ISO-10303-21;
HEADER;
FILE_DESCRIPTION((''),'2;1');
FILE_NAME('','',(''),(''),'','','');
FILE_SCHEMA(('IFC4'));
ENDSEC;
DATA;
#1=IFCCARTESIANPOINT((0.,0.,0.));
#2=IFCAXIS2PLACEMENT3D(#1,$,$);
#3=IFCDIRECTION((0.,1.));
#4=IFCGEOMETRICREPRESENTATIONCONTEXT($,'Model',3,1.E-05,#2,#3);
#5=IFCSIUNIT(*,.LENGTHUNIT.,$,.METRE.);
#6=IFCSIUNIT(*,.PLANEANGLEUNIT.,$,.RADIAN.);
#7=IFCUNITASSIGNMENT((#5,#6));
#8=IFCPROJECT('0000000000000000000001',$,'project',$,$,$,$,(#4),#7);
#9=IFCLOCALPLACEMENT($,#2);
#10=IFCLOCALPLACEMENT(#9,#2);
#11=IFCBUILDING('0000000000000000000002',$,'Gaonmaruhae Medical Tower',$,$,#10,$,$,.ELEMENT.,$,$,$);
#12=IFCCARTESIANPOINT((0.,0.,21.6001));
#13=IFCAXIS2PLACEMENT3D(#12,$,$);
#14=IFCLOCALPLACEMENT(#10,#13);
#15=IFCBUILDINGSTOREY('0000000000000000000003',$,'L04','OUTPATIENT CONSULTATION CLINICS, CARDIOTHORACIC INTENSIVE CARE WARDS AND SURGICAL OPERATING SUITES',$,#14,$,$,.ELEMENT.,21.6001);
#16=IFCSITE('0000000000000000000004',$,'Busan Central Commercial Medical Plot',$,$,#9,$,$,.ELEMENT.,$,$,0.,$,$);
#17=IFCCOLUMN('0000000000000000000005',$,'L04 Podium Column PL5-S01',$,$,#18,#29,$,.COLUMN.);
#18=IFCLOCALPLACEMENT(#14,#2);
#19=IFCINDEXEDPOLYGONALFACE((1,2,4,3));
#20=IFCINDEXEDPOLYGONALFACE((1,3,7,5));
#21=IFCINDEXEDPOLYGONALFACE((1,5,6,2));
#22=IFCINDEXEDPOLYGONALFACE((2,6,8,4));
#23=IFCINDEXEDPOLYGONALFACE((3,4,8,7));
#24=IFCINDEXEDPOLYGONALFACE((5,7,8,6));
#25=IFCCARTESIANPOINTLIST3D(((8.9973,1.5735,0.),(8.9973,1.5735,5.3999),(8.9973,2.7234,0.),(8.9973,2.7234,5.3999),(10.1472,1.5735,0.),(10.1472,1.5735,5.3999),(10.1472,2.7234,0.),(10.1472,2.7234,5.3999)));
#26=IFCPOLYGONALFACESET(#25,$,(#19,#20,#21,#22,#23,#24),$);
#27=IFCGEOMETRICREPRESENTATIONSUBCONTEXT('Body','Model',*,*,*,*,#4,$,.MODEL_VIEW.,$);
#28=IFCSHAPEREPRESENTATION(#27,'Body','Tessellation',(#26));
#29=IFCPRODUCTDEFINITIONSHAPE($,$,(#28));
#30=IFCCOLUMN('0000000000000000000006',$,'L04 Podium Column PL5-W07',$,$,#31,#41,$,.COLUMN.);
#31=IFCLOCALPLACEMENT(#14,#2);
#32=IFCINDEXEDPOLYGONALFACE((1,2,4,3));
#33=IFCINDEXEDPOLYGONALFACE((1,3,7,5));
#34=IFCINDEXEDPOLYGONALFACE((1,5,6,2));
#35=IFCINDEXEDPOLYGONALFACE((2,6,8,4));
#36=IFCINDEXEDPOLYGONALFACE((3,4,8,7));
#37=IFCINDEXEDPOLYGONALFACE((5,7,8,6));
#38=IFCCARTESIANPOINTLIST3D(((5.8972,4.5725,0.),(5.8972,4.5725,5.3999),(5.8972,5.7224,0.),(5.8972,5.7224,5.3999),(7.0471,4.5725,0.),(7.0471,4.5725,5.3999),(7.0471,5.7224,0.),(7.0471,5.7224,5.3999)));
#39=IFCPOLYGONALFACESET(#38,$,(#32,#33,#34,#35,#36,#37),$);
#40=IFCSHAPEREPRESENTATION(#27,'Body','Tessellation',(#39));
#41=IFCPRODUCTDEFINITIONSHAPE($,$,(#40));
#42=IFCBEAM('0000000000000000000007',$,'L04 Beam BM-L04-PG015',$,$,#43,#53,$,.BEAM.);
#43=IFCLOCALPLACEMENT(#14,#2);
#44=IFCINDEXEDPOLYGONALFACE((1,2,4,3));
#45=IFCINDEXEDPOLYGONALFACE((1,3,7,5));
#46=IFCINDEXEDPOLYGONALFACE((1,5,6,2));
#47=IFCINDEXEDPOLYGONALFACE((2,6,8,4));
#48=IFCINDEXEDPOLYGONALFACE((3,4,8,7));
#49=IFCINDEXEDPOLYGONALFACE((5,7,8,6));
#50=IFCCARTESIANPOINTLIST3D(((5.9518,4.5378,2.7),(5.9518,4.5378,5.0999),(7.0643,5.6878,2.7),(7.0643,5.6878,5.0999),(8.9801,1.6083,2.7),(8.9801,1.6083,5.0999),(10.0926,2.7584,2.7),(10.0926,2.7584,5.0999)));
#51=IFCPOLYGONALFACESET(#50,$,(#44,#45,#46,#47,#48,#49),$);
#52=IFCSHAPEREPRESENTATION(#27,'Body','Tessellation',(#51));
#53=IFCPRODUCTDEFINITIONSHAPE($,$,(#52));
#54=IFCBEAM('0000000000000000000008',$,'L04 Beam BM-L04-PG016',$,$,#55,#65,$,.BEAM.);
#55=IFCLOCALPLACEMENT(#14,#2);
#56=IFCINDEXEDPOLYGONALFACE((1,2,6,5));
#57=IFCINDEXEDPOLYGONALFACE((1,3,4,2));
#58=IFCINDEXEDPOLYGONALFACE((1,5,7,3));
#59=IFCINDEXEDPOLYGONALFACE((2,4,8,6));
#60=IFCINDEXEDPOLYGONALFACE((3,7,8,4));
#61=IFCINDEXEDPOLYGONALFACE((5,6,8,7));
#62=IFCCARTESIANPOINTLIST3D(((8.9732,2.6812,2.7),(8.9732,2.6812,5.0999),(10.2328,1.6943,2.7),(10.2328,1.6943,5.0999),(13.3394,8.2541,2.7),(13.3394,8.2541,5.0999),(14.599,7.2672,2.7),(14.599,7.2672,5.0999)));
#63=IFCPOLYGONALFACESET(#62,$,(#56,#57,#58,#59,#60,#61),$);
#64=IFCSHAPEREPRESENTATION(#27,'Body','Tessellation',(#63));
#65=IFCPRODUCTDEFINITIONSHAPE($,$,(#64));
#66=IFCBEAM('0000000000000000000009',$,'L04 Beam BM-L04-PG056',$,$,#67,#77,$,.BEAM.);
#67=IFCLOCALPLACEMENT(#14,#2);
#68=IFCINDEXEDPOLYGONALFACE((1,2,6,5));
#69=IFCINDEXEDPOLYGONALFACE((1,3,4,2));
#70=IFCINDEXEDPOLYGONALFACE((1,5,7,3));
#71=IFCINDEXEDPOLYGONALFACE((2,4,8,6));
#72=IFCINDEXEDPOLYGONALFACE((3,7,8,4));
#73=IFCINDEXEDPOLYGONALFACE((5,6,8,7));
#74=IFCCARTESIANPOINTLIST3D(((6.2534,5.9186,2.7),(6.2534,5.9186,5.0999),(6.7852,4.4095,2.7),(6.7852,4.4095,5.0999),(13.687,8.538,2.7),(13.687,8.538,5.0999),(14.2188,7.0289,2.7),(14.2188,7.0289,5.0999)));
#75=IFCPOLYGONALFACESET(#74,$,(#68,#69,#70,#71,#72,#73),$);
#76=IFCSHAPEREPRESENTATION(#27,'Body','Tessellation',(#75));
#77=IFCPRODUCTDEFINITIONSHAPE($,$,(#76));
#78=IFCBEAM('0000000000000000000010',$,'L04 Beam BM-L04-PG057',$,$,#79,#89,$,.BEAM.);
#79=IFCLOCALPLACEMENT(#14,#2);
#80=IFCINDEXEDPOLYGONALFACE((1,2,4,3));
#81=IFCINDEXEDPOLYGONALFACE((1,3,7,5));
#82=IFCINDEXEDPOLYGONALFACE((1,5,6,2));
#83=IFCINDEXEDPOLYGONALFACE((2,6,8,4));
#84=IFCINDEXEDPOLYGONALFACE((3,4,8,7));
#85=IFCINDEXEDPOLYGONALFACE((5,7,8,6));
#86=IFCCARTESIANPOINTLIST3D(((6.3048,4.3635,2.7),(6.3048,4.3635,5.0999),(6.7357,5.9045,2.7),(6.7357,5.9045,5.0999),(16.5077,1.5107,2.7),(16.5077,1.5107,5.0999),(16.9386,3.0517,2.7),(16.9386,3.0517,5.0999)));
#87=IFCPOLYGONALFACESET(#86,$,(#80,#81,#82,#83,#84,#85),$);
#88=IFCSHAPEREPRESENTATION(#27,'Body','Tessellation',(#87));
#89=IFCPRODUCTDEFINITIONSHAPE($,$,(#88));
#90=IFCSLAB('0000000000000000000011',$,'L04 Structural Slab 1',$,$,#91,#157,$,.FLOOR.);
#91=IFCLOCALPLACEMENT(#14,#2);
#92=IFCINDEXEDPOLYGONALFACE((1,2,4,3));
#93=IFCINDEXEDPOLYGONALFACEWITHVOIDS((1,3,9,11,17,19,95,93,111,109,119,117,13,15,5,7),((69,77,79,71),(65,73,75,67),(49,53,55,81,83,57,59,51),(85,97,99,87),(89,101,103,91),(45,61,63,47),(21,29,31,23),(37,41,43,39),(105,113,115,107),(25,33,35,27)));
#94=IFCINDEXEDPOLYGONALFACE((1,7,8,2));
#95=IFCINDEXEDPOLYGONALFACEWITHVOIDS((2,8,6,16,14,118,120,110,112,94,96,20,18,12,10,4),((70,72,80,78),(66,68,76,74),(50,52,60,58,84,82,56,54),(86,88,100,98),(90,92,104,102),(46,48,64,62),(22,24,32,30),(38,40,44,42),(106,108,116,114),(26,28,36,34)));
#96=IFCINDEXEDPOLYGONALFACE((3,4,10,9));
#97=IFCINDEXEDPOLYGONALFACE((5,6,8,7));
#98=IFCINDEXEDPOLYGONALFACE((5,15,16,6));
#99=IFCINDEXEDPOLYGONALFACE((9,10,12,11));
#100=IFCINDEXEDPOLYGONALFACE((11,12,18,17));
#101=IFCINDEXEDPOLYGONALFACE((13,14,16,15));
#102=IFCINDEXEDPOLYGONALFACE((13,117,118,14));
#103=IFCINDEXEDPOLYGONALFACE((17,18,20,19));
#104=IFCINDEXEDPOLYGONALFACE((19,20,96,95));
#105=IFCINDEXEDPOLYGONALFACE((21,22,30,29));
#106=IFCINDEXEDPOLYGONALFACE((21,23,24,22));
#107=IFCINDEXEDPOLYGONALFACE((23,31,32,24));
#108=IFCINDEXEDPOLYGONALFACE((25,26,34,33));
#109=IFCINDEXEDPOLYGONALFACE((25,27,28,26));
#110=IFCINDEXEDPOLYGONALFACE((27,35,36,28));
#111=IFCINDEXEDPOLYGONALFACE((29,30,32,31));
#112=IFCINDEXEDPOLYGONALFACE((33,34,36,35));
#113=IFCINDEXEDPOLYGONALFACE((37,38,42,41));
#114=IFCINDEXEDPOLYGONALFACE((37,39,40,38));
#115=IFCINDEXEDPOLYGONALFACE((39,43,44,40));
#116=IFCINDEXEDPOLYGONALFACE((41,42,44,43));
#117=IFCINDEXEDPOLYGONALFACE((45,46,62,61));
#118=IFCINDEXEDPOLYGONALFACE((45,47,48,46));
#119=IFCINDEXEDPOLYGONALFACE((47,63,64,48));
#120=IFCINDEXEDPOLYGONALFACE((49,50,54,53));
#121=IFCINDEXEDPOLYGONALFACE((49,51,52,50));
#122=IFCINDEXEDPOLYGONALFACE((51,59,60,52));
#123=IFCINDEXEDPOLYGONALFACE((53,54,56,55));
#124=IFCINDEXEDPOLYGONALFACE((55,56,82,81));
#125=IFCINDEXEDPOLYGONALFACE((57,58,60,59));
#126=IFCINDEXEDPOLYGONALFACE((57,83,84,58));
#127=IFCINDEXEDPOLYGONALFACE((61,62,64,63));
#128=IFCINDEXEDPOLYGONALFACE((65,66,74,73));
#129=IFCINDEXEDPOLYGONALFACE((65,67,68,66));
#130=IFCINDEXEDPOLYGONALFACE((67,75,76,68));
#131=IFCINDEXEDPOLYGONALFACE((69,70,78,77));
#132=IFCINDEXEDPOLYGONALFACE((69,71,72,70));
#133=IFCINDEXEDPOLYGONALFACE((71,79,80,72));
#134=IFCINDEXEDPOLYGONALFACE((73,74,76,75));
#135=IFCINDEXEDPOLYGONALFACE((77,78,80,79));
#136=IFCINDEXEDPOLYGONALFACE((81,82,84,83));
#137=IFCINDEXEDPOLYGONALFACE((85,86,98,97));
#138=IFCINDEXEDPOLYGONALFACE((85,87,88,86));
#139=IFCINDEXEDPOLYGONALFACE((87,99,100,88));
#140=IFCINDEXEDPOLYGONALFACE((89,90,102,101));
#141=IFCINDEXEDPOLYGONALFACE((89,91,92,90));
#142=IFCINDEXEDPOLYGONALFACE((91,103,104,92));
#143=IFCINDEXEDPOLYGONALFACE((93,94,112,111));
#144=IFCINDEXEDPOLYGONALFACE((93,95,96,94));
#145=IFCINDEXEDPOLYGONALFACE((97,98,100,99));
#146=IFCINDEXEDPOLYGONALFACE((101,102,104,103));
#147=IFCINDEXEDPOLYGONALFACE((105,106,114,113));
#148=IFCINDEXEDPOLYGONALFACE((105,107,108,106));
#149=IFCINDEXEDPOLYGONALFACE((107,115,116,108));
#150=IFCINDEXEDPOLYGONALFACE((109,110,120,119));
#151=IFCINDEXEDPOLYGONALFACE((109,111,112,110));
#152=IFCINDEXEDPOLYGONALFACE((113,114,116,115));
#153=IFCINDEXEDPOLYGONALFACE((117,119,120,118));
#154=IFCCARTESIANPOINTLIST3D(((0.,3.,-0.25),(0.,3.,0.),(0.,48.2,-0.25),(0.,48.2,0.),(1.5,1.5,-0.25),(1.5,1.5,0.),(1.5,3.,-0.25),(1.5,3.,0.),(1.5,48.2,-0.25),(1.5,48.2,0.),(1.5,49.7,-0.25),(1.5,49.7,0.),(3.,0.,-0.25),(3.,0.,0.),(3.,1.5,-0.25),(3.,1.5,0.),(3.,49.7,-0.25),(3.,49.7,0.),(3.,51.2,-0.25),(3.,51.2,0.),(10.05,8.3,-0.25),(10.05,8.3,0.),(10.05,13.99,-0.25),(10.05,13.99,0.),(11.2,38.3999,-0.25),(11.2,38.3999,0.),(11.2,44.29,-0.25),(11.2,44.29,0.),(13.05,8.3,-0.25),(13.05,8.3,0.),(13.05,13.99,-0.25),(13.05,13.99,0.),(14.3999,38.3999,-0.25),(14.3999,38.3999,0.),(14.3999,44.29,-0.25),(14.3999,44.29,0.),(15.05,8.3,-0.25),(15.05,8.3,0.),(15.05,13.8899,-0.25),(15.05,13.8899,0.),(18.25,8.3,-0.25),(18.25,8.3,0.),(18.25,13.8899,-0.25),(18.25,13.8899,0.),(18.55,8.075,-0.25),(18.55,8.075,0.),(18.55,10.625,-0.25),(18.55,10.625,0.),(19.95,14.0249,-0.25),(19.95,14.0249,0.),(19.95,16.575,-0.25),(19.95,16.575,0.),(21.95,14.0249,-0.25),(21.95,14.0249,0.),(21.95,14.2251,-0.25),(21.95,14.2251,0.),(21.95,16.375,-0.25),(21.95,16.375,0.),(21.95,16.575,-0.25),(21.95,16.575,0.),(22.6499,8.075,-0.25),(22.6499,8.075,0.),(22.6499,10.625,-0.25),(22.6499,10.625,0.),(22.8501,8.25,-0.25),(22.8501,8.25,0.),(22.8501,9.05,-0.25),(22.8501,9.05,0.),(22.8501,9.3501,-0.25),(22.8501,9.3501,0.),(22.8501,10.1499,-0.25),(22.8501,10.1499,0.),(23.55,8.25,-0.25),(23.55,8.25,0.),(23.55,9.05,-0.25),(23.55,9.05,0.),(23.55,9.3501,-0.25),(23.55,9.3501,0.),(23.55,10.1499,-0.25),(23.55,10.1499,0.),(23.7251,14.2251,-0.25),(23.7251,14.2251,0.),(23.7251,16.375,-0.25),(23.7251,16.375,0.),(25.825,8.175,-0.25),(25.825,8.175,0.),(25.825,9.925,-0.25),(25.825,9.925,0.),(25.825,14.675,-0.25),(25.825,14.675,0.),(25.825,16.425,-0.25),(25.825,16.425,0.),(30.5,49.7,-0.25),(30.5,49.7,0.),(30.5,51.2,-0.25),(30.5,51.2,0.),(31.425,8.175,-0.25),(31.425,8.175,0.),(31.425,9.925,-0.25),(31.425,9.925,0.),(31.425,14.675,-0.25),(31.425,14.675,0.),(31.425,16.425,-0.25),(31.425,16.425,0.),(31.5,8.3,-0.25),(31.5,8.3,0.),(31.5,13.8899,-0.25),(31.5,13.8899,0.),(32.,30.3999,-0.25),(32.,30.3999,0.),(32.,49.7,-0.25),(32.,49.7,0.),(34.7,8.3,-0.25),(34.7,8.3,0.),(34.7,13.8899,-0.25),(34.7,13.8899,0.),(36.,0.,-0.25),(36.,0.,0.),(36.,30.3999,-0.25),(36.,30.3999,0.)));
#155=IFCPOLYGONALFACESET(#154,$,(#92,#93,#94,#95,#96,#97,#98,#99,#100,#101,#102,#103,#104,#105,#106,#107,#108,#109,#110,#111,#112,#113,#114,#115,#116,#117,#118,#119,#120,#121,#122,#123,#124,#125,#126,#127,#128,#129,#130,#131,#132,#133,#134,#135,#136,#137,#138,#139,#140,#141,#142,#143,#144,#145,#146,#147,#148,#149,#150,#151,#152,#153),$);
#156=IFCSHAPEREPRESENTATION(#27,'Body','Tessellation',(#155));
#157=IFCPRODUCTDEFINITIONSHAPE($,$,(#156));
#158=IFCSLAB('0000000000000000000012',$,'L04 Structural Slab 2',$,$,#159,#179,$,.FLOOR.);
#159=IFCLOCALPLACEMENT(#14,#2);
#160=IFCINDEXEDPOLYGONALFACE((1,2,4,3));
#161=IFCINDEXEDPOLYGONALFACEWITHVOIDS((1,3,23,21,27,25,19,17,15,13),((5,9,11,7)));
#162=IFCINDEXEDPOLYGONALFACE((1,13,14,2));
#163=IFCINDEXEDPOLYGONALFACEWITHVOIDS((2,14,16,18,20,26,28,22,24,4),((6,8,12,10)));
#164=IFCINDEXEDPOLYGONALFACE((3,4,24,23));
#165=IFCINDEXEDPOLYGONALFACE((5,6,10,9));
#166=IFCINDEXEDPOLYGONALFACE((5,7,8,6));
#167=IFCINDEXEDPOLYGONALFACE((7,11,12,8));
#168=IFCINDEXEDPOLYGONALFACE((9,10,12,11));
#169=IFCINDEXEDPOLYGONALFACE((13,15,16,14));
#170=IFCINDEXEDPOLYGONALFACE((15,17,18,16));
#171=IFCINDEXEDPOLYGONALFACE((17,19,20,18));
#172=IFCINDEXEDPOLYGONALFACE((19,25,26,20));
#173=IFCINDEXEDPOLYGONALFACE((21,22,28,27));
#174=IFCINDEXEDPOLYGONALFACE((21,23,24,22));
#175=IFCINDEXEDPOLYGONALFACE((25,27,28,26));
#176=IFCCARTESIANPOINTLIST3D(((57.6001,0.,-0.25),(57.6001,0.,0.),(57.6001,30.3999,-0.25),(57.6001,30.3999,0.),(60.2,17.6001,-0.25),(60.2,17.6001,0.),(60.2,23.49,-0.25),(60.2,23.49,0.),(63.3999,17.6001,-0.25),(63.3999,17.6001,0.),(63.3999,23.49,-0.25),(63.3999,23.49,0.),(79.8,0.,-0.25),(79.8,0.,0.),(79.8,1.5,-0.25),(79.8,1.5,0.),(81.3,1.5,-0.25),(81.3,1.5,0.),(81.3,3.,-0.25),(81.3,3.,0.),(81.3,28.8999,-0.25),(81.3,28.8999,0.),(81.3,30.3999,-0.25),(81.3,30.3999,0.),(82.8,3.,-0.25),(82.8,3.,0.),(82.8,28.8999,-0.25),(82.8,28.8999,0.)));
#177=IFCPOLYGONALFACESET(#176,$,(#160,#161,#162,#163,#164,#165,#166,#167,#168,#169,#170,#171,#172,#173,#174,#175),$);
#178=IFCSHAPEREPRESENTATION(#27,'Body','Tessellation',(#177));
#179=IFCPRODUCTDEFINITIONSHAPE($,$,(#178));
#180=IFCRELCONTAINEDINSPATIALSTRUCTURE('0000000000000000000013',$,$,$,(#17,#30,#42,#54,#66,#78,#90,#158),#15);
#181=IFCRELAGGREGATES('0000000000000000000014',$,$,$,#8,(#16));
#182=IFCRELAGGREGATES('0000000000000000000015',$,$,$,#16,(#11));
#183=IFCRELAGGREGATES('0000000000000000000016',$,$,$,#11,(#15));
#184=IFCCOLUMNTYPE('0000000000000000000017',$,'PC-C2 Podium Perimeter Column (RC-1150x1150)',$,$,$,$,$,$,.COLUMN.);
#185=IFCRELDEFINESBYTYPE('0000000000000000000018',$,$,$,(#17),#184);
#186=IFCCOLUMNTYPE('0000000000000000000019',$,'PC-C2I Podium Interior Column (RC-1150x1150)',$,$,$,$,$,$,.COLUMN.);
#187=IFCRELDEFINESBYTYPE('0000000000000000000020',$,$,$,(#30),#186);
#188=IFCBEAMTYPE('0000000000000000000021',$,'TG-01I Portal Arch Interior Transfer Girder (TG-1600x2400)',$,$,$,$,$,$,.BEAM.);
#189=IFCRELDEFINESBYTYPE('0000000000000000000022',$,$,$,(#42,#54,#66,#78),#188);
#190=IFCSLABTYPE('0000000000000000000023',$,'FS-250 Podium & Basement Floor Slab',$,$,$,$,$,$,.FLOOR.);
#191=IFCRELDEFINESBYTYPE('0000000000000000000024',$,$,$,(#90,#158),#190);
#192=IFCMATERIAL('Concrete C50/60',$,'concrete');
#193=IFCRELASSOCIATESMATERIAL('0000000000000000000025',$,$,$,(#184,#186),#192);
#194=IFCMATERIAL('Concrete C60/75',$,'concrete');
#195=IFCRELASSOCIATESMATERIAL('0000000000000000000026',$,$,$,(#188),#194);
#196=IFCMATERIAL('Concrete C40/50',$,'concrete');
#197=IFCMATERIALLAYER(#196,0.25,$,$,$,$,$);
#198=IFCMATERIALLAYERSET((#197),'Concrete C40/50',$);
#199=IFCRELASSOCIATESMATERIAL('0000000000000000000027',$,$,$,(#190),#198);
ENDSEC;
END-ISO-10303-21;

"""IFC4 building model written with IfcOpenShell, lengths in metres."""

from ifc_helpers import new_model, si_unit, direction, frame, origin, origin_2d, place, context, subcontext, project, spatial, polyline, rectangle, outline, extrude, material, layer, layer_set, material_profile, profile_set, type_object, element, save


model = new_model("IFC4")

# Units and contexts
model_context = context("Model", 3, precision=1e-05, world=origin(), true_north=direction((0.0, 1.0)))
body_context = subcontext(model_context, "Body", "Model", "MODEL_VIEW")
ifc_project = project(units=[si_unit("LENGTHUNIT", "METRE"), si_unit("PLANEANGLEUNIT", "RADIAN")], contexts=[model_context])

# Site, building, storey
site_placement = place(None, origin())
site = spatial("IfcSite", under=ifc_project, at=site_placement, Name="Busan Central Commercial Medical Plot", CompositionType="ELEMENT", RefElevation=0.0)
building_placement = place(site_placement, origin())
building = spatial("IfcBuilding", under=site, at=building_placement, Name="Gaonmaruhae Medical Tower", CompositionType="ELEMENT")
storey_placement = place(building_placement, frame((0.0, 0.0, 21.6001)))
storey = spatial("IfcBuildingStorey", under=building, at=storey_placement, Name="L04", Description="OUTPATIENT CONSULTATION CLINICS, CARDIOTHORACIC INTENSIVE CARE WARDS AND SURGICAL OPERATING SUITES", CompositionType="ELEMENT", Elevation=21.6001)

# Columns
ifc_material_1 = material(Name="Concrete C50/60", Category="concrete")
ifc_material_profile_1 = material_profile(ifc_material_1, rectangle(XDim=1.1499, YDim=1.1499, at=origin_2d()), Name="RC-1150x1150")
ifc_profile_set_1 = profile_set([ifc_material_profile_1], Name="Concrete C50/60")
column_type_1 = type_object("IfcColumnType", Name="PC-C2 Podium Perimeter Column (RC-1150x1150)", PredefinedType="COLUMN", material=ifc_profile_set_1)
column_1_placement = place(storey_placement, frame((9.5723, 2.1484, 0.0), z_axis=(0.0, 0.0, 1.0), x_axis=(1.0, 0.0, 0.0)))
element("IfcColumn", 1, at=column_1_placement, inside=storey, type_object=column_type_1, Name="L04 Podium Column PL5-S01", PredefinedType="COLUMN", context=body_context, shape_type="SweptSolid", body=[
    extrude(rectangle(XDim=1.1499, YDim=1.1499, at=origin_2d()), origin(), (0.0, 0.0, 1.0), 5.3999),
])
ifc_material_profile_2 = material_profile(ifc_material_1, rectangle(XDim=1.1499, YDim=1.1499, at=origin_2d()), Name="RC-1150x1150")
ifc_profile_set_2 = profile_set([ifc_material_profile_2], Name="Concrete C50/60")
column_type_2 = type_object("IfcColumnType", Name="PC-C2I Podium Interior Column (RC-1150x1150)", PredefinedType="COLUMN", material=ifc_profile_set_2)
column_2_placement = place(storey_placement, frame((6.4722, 5.1475, 0.0), z_axis=(0.0, 0.0, 1.0), x_axis=(1.0, 0.0, 0.0)))
element("IfcColumn", 2, at=column_2_placement, inside=storey, type_object=column_type_2, Name="L04 Podium Column PL5-W07", PredefinedType="COLUMN", context=body_context, shape_type="SweptSolid", body=[
    extrude(rectangle(XDim=1.1499, YDim=1.1499, at=origin_2d()), origin(), (0.0, 0.0, 1.0), 5.3999),
])

# Beams
ifc_material_2 = material(Name="Concrete C60/75", Category="concrete")
ifc_material_profile_3 = material_profile(ifc_material_2, rectangle(XDim=1.6001, YDim=2.3999, at=origin_2d()), Name="TG-1600x2400")
ifc_profile_set_3 = profile_set([ifc_material_profile_3], Name="Concrete C60/75")
beam_type = type_object("IfcBeamType", Name="TG-01I Portal Arch Interior Transfer Girder (TG-1600x2400)", PredefinedType="BEAM", material=ifc_profile_set_3)
beam_1_placement = place(storey_placement, frame((9.5364, 2.1833, 3.8999), z_axis=(-0.718743, 0.695276, 0.0), x_axis=(-0.695276, -0.718743, 0.0)))
element("IfcBeam", 3, at=beam_1_placement, inside=storey, type_object=beam_type, Name="L04 Beam BM-L04-PG015", PredefinedType="BEAM", context=body_context, shape_type="SweptSolid", body=[
    extrude(rectangle(XDim=1.6001, YDim=2.3999, at=origin_2d()), origin(), (0.0, 0.0, 1.0), 4.2134),
])
beam_2_placement = place(storey_placement, frame((9.603, 2.1877, 3.8999), z_axis=(0.616723, 0.78718, 0.0), x_axis=(-0.78718, 0.616723, 0.0)))
element("IfcBeam", 4, at=beam_2_placement, inside=storey, type_object=beam_type, Name="L04 Beam BM-L04-PG016", PredefinedType="BEAM", context=body_context, shape_type="SweptSolid", body=[
    extrude(rectangle(XDim=1.6001, YDim=2.3999, at=origin_2d()), origin(), (0.0, 0.0, 1.0), 7.0796),
])
beam_3_placement = place(storey_placement, frame((6.5193, 5.1641, 3.8999), z_axis=(0.943159, 0.332342, 0.0), x_axis=(-0.332342, 0.943159, 0.0)))
element("IfcBeam", 5, at=beam_3_placement, inside=storey, type_object=beam_type, Name="L04 Beam BM-L04-PG056", PredefinedType="BEAM", context=body_context, shape_type="SweptSolid", body=[
    extrude(rectangle(XDim=1.6001, YDim=2.3999, at=origin_2d()), origin(), (0.0, 0.0, 1.0), 7.8816),
])
beam_4_placement = place(storey_placement, frame((6.5203, 5.134, 3.8999), z_axis=(0.963063, -0.269278, 0.0), x_axis=(0.269278, 0.963063, 0.0)))
element("IfcBeam", 6, at=beam_4_placement, inside=storey, type_object=beam_type, Name="L04 Beam BM-L04-PG057", PredefinedType="BEAM", context=body_context, shape_type="SweptSolid", body=[
    extrude(rectangle(XDim=1.6001, YDim=2.3999, at=origin_2d()), origin(), (0.0, 0.0, 1.0), 10.5942),
])

# Slabs
ifc_material_3 = material(Name="Concrete C40/50", Category="concrete")
ifc_layer_1 = layer(ifc_material_3, 0.25)
ifc_layer_set_1 = layer_set([ifc_layer_1], Name="Concrete C40/50")
slab_type_1 = type_object("IfcSlabType", Name="FS-250 Podium & Basement Floor Slab", PredefinedType="FLOOR", material=ifc_layer_set_1)
slab_1_placement = place(storey_placement, frame((0.0, 0.0, -0.25)))
element("IfcSlab", 7, at=slab_1_placement, inside=storey, type_object=slab_type_1, Name="L04 Structural Slab 1", PredefinedType="FLOOR", context=body_context, shape_type="SweptSolid", body=[
    extrude(outline(polyline([(3.0, 0.0), (3.0, 1.5), (1.5, 1.5), (1.5, 3.0), (0.0, 3.0), (0.0, 48.2), (1.5, 48.2), (1.5, 49.7), (3.0, 49.7), (3.0, 51.2), (30.5, 51.2), (30.5, 49.7), (32.0, 49.7), (32.0, 30.3999), (36.0, 30.3999), (36.0, 0.0), (3.0, 0.0)]), holes=[polyline([(23.55, 8.25), (22.8501, 8.25), (22.8501, 9.05), (23.55, 9.05), (23.55, 8.25)]), polyline([(22.6499, 10.625), (22.6499, 8.075), (18.55, 8.075), (18.55, 10.625), (22.6499, 10.625)]), polyline([(15.05, 13.8899), (18.25, 13.8899), (18.25, 8.3), (15.05, 8.3), (15.05, 13.8899)]), polyline([(13.05, 13.99), (13.05, 8.3), (10.05, 8.3), (10.05, 13.99), (13.05, 13.99)]), polyline([(21.95, 14.0249), (19.95, 14.0249), (19.95, 16.575), (21.95, 16.575), (21.95, 16.375), (23.7251, 16.375), (23.7251, 14.2251), (21.95, 14.2251), (21.95, 14.0249)]), polyline([(11.2, 44.29), (14.3999, 44.29), (14.3999, 38.3999), (11.2, 38.3999), (11.2, 44.29)]), polyline([(31.425, 9.925), (31.425, 8.175), (25.825, 8.175), (25.825, 9.925), (31.425, 9.925)]), polyline([(22.8501, 9.3501), (22.8501, 10.1499), (23.55, 10.1499), (23.55, 9.3501), (22.8501, 9.3501)]), polyline([(31.5, 13.8899), (34.7, 13.8899), (34.7, 8.3), (31.5, 8.3), (31.5, 13.8899)]), polyline([(31.425, 16.425), (31.425, 14.675), (25.825, 14.675), (25.825, 16.425), (31.425, 16.425)])]), origin(), (0.0, 0.0, 1.0), 0.25),
])
slab_2_placement = place(storey_placement, frame((0.0, 0.0, -0.25)))
element("IfcSlab", 8, at=slab_2_placement, inside=storey, type_object=slab_type_1, Name="L04 Structural Slab 2", PredefinedType="FLOOR", context=body_context, shape_type="SweptSolid", body=[
    extrude(outline(polyline([(81.3, 30.3999), (81.3, 28.8999), (82.8, 28.8999), (82.8, 3.0), (81.3, 3.0), (81.3, 1.5), (79.8, 1.5), (79.8, 0.0), (57.6001, 0.0), (57.6001, 30.3999), (81.3, 30.3999)]), holes=[polyline([(63.3999, 23.49), (63.3999, 17.6001), (60.2, 17.6001), (60.2, 23.49), (63.3999, 23.49)])]), origin(), (0.0, 0.0, 1.0), 0.25),
])

save(model, "model.ifc")
